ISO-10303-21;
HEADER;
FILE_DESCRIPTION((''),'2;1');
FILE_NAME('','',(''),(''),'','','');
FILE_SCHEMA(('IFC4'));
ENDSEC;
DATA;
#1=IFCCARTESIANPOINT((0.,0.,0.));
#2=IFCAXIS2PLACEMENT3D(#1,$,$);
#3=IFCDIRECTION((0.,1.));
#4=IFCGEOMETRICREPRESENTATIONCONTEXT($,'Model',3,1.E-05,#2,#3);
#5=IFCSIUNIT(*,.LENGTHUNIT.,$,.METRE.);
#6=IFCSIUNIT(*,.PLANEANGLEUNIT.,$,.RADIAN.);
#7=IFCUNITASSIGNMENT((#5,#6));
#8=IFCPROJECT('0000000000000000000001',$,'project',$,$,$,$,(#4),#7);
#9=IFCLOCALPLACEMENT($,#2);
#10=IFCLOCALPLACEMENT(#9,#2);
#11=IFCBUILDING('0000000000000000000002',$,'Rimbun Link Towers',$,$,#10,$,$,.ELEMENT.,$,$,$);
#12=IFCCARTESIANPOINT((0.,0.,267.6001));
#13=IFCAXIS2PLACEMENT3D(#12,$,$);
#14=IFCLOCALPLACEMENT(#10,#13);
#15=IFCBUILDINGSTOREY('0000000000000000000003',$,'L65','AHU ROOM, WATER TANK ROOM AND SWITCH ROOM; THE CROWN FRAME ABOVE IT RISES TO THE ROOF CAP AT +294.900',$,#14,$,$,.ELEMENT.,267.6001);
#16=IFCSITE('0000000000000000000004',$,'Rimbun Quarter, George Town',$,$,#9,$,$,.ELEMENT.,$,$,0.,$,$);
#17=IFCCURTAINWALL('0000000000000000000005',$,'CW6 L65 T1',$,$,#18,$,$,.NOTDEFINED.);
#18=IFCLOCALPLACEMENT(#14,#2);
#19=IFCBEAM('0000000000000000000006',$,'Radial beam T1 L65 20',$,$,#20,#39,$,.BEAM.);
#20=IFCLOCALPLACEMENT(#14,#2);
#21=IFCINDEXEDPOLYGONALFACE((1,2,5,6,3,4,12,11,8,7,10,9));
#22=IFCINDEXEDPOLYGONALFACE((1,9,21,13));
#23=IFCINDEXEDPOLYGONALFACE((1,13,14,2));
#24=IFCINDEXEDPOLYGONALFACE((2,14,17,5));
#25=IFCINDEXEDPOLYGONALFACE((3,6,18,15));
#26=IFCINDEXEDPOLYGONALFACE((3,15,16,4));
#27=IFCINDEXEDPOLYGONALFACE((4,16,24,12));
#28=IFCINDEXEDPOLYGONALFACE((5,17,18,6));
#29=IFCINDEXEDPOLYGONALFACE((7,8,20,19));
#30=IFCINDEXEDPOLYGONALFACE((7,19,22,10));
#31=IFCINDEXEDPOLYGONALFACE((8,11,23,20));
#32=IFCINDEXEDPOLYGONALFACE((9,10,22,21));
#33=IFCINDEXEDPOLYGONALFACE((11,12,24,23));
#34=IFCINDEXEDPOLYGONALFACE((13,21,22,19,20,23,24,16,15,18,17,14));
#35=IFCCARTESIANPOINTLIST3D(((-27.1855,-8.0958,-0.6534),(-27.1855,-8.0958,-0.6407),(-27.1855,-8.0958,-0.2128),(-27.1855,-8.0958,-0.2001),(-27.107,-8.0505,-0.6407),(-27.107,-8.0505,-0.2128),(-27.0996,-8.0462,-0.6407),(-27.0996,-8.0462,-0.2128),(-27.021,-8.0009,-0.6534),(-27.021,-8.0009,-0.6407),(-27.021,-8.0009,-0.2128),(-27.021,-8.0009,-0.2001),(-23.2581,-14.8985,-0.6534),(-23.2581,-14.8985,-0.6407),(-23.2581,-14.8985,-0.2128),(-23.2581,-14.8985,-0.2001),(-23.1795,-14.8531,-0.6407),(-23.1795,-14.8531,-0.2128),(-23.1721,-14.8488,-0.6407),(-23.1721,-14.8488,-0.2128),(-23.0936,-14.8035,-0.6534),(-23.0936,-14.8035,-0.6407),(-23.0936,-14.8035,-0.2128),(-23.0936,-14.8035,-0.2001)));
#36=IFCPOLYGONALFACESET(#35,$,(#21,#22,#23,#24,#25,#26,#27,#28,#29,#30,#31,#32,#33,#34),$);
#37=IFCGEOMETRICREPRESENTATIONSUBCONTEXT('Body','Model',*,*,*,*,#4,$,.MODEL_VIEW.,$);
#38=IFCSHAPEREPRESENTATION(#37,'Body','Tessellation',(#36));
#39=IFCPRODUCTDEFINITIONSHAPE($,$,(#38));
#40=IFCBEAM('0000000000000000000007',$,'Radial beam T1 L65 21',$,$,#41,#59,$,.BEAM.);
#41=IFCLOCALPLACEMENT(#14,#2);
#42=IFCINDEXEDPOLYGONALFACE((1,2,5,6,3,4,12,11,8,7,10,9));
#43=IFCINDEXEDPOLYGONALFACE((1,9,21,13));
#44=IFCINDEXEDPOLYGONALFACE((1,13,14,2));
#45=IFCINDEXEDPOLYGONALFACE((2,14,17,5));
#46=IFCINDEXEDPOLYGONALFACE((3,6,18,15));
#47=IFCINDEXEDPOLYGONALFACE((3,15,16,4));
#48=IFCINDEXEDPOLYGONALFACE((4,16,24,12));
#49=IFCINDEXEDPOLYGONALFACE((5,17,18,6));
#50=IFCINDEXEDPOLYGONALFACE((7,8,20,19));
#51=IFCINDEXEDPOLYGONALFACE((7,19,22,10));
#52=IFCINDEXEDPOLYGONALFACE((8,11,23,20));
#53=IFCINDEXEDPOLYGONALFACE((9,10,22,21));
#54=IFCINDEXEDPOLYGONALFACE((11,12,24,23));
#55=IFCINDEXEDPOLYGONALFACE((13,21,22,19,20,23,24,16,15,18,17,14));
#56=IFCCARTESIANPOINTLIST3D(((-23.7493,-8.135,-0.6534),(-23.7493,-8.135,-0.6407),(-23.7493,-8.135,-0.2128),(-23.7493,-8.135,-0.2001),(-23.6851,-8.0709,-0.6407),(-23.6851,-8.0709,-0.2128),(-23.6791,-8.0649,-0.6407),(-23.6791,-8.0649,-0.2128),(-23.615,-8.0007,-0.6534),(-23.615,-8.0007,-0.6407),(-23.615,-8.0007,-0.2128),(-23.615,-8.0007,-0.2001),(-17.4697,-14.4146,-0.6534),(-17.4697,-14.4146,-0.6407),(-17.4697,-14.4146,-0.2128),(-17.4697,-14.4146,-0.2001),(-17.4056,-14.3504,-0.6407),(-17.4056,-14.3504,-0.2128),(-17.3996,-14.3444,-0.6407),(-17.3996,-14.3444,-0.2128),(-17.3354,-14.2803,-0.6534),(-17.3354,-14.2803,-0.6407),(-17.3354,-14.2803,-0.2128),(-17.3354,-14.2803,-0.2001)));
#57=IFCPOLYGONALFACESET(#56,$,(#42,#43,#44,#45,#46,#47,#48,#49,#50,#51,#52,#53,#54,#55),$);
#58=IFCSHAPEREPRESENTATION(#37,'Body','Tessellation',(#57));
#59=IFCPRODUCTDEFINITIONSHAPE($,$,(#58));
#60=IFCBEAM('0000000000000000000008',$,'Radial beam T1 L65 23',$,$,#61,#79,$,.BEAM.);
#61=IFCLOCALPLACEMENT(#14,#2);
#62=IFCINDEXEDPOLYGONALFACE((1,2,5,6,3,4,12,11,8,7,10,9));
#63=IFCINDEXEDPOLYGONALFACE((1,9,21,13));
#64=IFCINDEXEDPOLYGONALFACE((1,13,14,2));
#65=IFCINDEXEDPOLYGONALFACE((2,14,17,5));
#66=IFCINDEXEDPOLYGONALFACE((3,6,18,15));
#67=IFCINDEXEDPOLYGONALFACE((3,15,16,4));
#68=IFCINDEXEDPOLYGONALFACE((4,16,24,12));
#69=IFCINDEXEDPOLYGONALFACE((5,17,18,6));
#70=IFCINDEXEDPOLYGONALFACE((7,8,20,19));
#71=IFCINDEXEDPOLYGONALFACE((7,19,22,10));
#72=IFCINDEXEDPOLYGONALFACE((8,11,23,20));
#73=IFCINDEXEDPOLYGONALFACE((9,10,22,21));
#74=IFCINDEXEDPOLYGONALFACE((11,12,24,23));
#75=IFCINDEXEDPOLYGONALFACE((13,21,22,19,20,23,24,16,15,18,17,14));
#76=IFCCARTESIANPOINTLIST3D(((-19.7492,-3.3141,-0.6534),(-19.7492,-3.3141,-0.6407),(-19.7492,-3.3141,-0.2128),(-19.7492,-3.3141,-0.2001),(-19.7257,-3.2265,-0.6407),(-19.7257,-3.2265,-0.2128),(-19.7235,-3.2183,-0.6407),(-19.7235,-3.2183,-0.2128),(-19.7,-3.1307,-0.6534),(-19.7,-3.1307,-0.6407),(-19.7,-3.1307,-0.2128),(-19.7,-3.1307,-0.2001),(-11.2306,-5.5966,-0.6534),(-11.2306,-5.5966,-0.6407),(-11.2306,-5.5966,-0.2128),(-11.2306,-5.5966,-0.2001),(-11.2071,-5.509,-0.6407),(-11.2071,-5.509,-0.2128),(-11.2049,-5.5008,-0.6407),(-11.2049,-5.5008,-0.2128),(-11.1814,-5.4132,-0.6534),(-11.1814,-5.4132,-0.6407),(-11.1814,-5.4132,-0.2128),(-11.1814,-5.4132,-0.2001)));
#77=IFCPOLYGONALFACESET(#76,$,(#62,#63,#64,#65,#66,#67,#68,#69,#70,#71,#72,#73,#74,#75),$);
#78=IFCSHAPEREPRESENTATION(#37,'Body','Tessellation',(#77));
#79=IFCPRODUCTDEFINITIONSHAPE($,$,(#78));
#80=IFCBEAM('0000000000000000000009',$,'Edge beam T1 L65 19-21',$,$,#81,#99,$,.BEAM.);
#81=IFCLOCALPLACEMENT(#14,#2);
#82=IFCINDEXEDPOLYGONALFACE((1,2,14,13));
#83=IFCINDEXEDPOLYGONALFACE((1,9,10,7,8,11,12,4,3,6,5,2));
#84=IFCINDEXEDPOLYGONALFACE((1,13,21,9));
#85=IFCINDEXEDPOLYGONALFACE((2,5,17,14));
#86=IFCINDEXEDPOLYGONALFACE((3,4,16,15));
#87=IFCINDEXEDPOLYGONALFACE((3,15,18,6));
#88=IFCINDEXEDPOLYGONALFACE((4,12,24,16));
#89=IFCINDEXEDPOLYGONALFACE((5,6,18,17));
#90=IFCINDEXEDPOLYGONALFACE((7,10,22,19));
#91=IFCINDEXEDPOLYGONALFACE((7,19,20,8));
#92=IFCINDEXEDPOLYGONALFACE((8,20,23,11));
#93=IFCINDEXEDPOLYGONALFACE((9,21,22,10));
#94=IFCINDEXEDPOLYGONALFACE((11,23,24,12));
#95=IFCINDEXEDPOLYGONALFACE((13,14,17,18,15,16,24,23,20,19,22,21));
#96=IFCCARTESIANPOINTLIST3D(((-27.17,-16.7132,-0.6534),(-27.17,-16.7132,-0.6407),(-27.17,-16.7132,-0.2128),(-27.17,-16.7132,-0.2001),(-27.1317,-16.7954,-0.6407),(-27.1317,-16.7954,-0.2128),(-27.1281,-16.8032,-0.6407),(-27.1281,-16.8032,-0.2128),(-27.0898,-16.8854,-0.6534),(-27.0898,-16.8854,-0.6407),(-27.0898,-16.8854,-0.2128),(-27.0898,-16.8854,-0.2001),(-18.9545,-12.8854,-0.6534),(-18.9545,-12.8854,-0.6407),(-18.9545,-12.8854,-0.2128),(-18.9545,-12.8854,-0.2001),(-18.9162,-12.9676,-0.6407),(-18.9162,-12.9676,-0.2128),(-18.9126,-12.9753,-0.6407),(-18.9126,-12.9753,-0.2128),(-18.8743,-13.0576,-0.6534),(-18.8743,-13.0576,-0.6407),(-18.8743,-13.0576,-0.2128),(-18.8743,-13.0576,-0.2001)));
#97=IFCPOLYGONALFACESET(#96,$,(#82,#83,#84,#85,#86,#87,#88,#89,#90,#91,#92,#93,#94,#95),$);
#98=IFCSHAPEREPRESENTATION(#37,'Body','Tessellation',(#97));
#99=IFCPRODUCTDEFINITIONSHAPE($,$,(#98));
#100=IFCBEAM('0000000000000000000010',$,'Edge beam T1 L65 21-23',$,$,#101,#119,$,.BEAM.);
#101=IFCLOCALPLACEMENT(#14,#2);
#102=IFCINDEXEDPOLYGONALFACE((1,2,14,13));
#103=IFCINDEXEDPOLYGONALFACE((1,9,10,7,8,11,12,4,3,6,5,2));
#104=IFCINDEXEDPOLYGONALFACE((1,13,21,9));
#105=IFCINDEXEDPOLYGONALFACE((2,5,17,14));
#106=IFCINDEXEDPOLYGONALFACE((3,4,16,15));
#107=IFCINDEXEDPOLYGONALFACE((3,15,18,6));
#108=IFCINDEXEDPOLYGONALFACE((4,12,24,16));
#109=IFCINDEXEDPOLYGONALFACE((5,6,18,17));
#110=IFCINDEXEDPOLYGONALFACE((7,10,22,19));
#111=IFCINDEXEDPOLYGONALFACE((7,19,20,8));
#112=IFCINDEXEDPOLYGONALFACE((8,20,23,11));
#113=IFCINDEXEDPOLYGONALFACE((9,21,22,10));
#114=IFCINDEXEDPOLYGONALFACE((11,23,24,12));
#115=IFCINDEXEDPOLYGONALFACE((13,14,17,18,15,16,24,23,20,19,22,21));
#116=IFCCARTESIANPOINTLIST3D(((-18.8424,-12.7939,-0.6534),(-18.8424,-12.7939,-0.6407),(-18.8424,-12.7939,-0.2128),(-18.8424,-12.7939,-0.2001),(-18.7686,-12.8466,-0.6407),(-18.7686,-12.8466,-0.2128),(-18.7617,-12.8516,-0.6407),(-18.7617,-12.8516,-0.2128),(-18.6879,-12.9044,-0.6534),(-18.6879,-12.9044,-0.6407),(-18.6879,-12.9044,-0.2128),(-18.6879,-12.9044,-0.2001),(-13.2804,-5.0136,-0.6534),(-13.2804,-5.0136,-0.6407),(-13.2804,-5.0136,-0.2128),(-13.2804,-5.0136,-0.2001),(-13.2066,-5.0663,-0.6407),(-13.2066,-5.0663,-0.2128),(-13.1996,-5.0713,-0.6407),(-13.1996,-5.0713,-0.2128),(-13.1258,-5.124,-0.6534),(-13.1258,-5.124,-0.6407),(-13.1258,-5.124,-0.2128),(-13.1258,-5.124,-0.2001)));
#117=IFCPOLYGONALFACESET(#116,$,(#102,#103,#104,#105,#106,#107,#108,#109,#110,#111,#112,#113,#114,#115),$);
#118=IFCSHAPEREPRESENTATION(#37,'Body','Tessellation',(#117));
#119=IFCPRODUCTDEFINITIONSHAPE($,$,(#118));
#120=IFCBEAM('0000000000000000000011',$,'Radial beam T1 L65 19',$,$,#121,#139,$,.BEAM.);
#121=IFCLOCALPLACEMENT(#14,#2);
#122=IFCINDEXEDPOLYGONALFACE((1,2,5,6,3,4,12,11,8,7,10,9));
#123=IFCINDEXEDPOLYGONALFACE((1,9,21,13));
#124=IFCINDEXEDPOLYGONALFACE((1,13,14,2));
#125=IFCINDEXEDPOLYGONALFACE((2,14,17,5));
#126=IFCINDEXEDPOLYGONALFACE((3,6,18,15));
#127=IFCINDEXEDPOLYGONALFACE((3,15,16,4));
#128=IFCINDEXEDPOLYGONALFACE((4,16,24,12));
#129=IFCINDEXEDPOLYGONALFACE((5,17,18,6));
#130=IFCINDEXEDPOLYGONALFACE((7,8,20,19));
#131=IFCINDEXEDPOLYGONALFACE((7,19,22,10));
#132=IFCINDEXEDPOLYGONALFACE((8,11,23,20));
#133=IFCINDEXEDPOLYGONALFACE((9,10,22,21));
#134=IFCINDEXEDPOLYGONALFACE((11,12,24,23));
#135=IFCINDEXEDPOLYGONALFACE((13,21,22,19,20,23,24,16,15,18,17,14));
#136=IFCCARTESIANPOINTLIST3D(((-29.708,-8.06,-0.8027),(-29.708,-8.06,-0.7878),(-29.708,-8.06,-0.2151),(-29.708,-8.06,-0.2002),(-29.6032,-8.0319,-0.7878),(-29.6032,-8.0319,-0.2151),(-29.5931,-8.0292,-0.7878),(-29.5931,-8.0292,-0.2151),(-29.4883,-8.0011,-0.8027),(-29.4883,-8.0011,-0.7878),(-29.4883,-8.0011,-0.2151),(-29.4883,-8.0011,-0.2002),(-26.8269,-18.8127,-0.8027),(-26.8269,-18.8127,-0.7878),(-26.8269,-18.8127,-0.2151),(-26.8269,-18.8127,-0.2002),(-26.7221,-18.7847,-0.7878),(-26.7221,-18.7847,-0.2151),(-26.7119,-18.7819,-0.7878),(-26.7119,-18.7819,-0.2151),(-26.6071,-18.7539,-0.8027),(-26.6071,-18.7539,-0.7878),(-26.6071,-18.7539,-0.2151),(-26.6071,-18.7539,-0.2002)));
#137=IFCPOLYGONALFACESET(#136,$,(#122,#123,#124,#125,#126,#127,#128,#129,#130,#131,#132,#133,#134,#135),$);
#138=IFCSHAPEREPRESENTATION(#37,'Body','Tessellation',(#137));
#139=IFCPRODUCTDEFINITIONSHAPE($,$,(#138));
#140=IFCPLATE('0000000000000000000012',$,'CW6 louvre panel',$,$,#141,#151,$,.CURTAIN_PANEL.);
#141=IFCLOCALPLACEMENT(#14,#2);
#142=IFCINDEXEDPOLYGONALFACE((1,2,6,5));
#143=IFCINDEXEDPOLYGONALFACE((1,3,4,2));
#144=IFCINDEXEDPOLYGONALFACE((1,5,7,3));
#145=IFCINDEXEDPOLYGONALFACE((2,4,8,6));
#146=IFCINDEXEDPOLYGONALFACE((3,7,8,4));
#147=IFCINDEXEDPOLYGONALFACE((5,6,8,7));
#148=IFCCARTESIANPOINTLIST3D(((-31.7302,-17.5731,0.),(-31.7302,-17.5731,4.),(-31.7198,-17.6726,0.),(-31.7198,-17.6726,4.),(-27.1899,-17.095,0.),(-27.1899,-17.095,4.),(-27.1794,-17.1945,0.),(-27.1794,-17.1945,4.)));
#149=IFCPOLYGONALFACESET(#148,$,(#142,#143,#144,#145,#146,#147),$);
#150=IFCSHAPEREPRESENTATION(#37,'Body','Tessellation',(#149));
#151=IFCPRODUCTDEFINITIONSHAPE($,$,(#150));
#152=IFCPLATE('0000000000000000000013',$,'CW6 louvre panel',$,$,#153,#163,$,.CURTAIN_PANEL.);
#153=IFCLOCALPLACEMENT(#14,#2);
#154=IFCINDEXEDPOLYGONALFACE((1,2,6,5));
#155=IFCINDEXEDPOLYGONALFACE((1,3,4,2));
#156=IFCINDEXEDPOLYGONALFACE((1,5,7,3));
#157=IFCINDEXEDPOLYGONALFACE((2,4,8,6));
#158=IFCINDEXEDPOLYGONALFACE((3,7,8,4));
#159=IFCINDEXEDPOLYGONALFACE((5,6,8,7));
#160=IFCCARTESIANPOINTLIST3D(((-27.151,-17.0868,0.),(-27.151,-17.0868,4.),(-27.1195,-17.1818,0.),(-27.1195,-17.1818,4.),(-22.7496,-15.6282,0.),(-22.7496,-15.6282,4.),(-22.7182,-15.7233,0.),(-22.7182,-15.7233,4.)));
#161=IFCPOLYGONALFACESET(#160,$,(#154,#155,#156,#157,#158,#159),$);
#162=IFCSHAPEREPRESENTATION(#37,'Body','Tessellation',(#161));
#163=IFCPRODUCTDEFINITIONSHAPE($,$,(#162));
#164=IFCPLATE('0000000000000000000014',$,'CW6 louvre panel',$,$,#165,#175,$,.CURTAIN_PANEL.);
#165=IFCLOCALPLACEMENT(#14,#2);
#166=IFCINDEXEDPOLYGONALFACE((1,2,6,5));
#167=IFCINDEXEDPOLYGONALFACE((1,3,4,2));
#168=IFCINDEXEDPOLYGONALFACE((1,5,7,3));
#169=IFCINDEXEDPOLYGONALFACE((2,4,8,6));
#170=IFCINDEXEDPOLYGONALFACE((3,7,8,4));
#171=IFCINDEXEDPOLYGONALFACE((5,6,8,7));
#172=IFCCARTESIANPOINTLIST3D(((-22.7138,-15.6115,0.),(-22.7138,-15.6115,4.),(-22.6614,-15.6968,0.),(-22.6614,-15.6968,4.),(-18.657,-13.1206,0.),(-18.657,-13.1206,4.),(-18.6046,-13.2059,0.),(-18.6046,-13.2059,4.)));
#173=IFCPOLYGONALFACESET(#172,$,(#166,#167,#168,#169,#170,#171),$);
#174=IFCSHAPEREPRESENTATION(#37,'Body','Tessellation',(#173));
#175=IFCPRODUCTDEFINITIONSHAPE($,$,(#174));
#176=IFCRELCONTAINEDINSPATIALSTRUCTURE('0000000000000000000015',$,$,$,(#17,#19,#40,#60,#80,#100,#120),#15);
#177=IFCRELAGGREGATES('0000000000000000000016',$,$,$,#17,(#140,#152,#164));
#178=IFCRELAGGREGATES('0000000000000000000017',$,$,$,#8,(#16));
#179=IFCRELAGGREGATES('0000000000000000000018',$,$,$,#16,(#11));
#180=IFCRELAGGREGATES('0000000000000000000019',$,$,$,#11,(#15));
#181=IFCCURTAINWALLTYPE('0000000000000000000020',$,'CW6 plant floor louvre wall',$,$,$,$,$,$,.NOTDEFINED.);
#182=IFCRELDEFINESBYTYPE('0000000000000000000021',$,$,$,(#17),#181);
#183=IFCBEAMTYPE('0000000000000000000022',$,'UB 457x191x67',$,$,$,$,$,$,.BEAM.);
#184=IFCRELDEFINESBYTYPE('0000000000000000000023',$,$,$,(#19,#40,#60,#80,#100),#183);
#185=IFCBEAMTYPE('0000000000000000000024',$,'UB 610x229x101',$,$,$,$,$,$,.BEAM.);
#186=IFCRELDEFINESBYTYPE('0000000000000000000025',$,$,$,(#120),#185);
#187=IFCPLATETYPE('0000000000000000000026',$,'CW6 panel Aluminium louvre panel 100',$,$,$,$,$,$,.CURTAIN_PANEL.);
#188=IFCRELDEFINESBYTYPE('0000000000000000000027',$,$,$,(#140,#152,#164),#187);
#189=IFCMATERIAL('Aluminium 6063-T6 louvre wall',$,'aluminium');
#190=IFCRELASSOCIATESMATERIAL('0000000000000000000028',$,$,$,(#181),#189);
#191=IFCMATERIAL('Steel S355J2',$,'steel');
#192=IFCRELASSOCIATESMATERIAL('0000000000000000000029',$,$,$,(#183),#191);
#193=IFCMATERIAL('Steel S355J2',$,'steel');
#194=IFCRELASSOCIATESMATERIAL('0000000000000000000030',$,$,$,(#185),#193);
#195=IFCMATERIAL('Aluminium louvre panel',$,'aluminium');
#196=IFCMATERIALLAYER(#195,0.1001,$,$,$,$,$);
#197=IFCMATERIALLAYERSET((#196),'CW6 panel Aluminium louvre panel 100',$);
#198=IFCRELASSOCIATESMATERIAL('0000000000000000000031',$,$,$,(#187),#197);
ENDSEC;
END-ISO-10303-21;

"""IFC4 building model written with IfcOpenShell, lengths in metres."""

from ifc_helpers import new_model, si_unit, direction, frame, origin, origin_2d, place, context, subcontext, project, spatial, rectangle, i_section, extrude, material, layer, layer_set, material_profile, profile_set, type_object, element, aggregate, save


model = new_model("IFC4")

# Units and contexts
model_context = context("Model", 3, precision=1e-05, world=origin(), true_north=direction((0.0, 1.0)))
body_context = subcontext(model_context, "Body", "Model", "MODEL_VIEW")
ifc_project = project(units=[si_unit("LENGTHUNIT", "METRE"), si_unit("PLANEANGLEUNIT", "RADIAN")], contexts=[model_context])

# Site, building, storey
site_placement = place(None, origin())
site = spatial("IfcSite", under=ifc_project, at=site_placement, Name="Rimbun Quarter, George Town", CompositionType="ELEMENT", RefElevation=0.0)
building_placement = place(site_placement, origin())
building = spatial("IfcBuilding", under=site, at=building_placement, Name="Rimbun Link Towers", CompositionType="ELEMENT")
storey_placement = place(building_placement, frame((0.0, 0.0, 267.6001)))
storey = spatial("IfcBuildingStorey", under=building, at=storey_placement, Name="L65", Description="AHU ROOM, WATER TANK ROOM AND SWITCH ROOM; THE CROWN FRAME ABOVE IT RISES TO THE ROOF CAP AT +294.900", CompositionType="ELEMENT", Elevation=267.6001)

# Curtain wall
ifc_material_1 = material(Name="Aluminium 6063-T6 louvre wall", Category="aluminium")
curtain_wall_type = type_object("IfcCurtainWallType", Name="CW6 plant floor louvre wall", PredefinedType="NOTDEFINED", material=ifc_material_1)
curtain_wall_placement = place(storey_placement, origin())
curtain_wall = element("IfcCurtainWall", 1, at=curtain_wall_placement, inside=storey, type_object=curtain_wall_type, Name="CW6 L65 T1", PredefinedType="NOTDEFINED")

# Beams
ifc_material_2 = material(Name="Steel S355J2", Category="steel")
ifc_material_profile_1 = material_profile(ifc_material_2, i_section(OverallWidth=0.1899, OverallDepth=0.4534, WebThickness=0.0085, FlangeThickness=0.0127, at=origin_2d()), Name="UB 457x191x67")
ifc_profile_set_1 = profile_set([ifc_material_profile_1], Name="Steel S355J2")
beam_type_1 = type_object("IfcBeamType", Name="UB 457x191x67", PredefinedType="BEAM", material=ifc_profile_set_1)
beam_1_placement = place(storey_placement, frame((-27.1033, -8.0483, -0.4268), z_axis=(0.499993, -0.866029, 0.0), x_axis=(0.866029, 0.499993, 0.0)))
element("IfcBeam", 2, at=beam_1_placement, inside=storey, type_object=beam_type_1, Name="Radial beam T1 L65 20", PredefinedType="BEAM", context=body_context, shape_type="SweptSolid", body=[
    extrude(i_section(OverallWidth=0.1899, OverallDepth=0.4534, WebThickness=0.0085, FlangeThickness=0.0127, at=origin_2d()), origin(), (0.0, 0.0, 1.0), 7.855),
])
beam_2_placement = place(storey_placement, frame((-23.6821, -8.0679, -0.4268), z_axis=(0.707107, -0.707107, 0.0), x_axis=(0.707107, 0.707107, 0.0)))
element("IfcBeam", 3, at=beam_2_placement, inside=storey, type_object=beam_type_1, Name="Radial beam T1 L65 21", PredefinedType="BEAM", context=body_context, shape_type="SweptSolid", body=[
    extrude(i_section(OverallWidth=0.1899, OverallDepth=0.4534, WebThickness=0.0085, FlangeThickness=0.0127, at=origin_2d()), origin(), (0.0, 0.0, 1.0), 8.8806),
])
beam_3_placement = place(storey_placement, frame((-19.7246, -3.2224, -0.4268), z_axis=(0.965928, -0.258812, 0.0), x_axis=(0.258812, 0.965928, 0.0)))
element("IfcBeam", 4, at=beam_3_placement, inside=storey, type_object=beam_type_1, Name="Radial beam T1 L65 23", PredefinedType="BEAM", context=body_context, shape_type="SweptSolid", body=[
    extrude(i_section(OverallWidth=0.1899, OverallDepth=0.4534, WebThickness=0.0085, FlangeThickness=0.0127, at=origin_2d()), origin(), (0.0, 0.0, 1.0), 8.8191),
])
beam_4_placement = place(storey_placement, frame((-27.1299, -16.7993, -0.4268), z_axis=(0.906439, 0.422337, 0.0), x_axis=(-0.422337, 0.906439, 0.0)))
element("IfcBeam", 5, at=beam_4_placement, inside=storey, type_object=beam_type_1, Name="Edge beam T1 L65 19-21", PredefinedType="BEAM", context=body_context, shape_type="SweptSolid", body=[
    extrude(i_section(OverallWidth=0.1899, OverallDepth=0.4534, WebThickness=0.0085, FlangeThickness=0.0127, at=origin_2d()), origin(), (0.0, 0.0, 1.0), 9.0635),
])
beam_5_placement = place(storey_placement, frame((-18.7651, -12.8491, -0.4268), z_axis=(0.581562, 0.813502, 0.0), x_axis=(-0.813502, 0.581562, 0.0)))
element("IfcBeam", 6, at=beam_5_placement, inside=storey, type_object=beam_type_1, Name="Edge beam T1 L65 21-23", PredefinedType="BEAM", context=body_context, shape_type="SweptSolid", body=[
    extrude(i_section(OverallWidth=0.1899, OverallDepth=0.4534, WebThickness=0.0085, FlangeThickness=0.0127, at=origin_2d()), origin(), (0.0, 0.0, 1.0), 9.564),
])
ifc_material_3 = material(Name="Steel S355J2", Category="steel")
ifc_material_profile_2 = material_profile(ifc_material_3, i_section(OverallWidth=0.2275, OverallDepth=0.6025, WebThickness=0.0105, FlangeThickness=0.0149, at=origin_2d()), Name="UB 610x229x101")
ifc_profile_set_2 = profile_set([ifc_material_profile_2], Name="Steel S355J2")
beam_type_2 = type_object("IfcBeamType", Name="UB 610x229x101", PredefinedType="BEAM", material=ifc_profile_set_2)
beam_6_placement = place(storey_placement, frame((-29.5981, -8.0305, -0.5015), z_axis=(0.258813, -0.965927, 0.0), x_axis=(0.965927, 0.258813, 0.0)))
element("IfcBeam", 7, at=beam_6_placement, inside=storey, type_object=beam_type_2, Name="Radial beam T1 L65 19", PredefinedType="BEAM", context=body_context, shape_type="SweptSolid", body=[
    extrude(i_section(OverallWidth=0.2275, OverallDepth=0.6025, WebThickness=0.0105, FlangeThickness=0.0149, at=origin_2d()), origin(), (0.0, 0.0, 1.0), 11.1321),
])

# Plates
ifc_material_4 = material(Name="Aluminium louvre panel", Category="aluminium")
ifc_layer_1 = layer(ifc_material_4, 0.1001)
ifc_layer_set_1 = layer_set([ifc_layer_1], Name="CW6 panel Aluminium louvre panel 100")
plate_type = type_object("IfcPlateType", Name="CW6 panel Aluminium louvre panel 100", PredefinedType="CURTAIN_PANEL", material=ifc_layer_set_1)
plate_1_placement = place(storey_placement, frame((-29.4548, -17.3838, 0.0), z_axis=(0.0, 0.0, 1.0), x_axis=(-0.994501, -0.104724, 0.0)))
plate_1 = element("IfcPlate", 8, at=plate_1_placement, type_object=plate_type, Name="CW6 louvre panel", PredefinedType="CURTAIN_PANEL", context=body_context, shape_type="SweptSolid", body=[
    extrude(rectangle(XDim=4.5654, YDim=0.1001, at=origin_2d()), origin(), (0.0, 0.0, 1.0), 4.0),
])
plate_2_placement = place(storey_placement, frame((-24.9346, -16.405, 0.0), z_axis=(0.0, 0.0, 1.0), x_axis=(-0.949236, -0.314566, 0.0)))
plate_2 = element("IfcPlate", 9, at=plate_2_placement, type_object=plate_type, Name="CW6 louvre panel", PredefinedType="CURTAIN_PANEL", context=body_context, shape_type="SweptSolid", body=[
    extrude(rectangle(XDim=4.6367, YDim=0.1001, at=origin_2d()), origin(), (0.0, 0.0, 1.0), 4.0),
])
plate_3_placement = place(storey_placement, frame((-20.6592, -14.4087, 0.0), z_axis=(0.0, 0.0, 1.0), x_axis=(-0.85218, -0.523249, 0.0)))
plate_3 = element("IfcPlate", 10, at=plate_3_placement, type_object=plate_type, Name="CW6 louvre panel", PredefinedType="CURTAIN_PANEL", context=body_context, shape_type="SweptSolid", body=[
    extrude(rectangle(XDim=4.7605, YDim=0.1001, at=origin_2d()), origin(), (0.0, 0.0, 1.0), 4.0),
])
aggregate(curtain_wall, [plate_1, plate_2, plate_3])

save(model, "model.ifc")
